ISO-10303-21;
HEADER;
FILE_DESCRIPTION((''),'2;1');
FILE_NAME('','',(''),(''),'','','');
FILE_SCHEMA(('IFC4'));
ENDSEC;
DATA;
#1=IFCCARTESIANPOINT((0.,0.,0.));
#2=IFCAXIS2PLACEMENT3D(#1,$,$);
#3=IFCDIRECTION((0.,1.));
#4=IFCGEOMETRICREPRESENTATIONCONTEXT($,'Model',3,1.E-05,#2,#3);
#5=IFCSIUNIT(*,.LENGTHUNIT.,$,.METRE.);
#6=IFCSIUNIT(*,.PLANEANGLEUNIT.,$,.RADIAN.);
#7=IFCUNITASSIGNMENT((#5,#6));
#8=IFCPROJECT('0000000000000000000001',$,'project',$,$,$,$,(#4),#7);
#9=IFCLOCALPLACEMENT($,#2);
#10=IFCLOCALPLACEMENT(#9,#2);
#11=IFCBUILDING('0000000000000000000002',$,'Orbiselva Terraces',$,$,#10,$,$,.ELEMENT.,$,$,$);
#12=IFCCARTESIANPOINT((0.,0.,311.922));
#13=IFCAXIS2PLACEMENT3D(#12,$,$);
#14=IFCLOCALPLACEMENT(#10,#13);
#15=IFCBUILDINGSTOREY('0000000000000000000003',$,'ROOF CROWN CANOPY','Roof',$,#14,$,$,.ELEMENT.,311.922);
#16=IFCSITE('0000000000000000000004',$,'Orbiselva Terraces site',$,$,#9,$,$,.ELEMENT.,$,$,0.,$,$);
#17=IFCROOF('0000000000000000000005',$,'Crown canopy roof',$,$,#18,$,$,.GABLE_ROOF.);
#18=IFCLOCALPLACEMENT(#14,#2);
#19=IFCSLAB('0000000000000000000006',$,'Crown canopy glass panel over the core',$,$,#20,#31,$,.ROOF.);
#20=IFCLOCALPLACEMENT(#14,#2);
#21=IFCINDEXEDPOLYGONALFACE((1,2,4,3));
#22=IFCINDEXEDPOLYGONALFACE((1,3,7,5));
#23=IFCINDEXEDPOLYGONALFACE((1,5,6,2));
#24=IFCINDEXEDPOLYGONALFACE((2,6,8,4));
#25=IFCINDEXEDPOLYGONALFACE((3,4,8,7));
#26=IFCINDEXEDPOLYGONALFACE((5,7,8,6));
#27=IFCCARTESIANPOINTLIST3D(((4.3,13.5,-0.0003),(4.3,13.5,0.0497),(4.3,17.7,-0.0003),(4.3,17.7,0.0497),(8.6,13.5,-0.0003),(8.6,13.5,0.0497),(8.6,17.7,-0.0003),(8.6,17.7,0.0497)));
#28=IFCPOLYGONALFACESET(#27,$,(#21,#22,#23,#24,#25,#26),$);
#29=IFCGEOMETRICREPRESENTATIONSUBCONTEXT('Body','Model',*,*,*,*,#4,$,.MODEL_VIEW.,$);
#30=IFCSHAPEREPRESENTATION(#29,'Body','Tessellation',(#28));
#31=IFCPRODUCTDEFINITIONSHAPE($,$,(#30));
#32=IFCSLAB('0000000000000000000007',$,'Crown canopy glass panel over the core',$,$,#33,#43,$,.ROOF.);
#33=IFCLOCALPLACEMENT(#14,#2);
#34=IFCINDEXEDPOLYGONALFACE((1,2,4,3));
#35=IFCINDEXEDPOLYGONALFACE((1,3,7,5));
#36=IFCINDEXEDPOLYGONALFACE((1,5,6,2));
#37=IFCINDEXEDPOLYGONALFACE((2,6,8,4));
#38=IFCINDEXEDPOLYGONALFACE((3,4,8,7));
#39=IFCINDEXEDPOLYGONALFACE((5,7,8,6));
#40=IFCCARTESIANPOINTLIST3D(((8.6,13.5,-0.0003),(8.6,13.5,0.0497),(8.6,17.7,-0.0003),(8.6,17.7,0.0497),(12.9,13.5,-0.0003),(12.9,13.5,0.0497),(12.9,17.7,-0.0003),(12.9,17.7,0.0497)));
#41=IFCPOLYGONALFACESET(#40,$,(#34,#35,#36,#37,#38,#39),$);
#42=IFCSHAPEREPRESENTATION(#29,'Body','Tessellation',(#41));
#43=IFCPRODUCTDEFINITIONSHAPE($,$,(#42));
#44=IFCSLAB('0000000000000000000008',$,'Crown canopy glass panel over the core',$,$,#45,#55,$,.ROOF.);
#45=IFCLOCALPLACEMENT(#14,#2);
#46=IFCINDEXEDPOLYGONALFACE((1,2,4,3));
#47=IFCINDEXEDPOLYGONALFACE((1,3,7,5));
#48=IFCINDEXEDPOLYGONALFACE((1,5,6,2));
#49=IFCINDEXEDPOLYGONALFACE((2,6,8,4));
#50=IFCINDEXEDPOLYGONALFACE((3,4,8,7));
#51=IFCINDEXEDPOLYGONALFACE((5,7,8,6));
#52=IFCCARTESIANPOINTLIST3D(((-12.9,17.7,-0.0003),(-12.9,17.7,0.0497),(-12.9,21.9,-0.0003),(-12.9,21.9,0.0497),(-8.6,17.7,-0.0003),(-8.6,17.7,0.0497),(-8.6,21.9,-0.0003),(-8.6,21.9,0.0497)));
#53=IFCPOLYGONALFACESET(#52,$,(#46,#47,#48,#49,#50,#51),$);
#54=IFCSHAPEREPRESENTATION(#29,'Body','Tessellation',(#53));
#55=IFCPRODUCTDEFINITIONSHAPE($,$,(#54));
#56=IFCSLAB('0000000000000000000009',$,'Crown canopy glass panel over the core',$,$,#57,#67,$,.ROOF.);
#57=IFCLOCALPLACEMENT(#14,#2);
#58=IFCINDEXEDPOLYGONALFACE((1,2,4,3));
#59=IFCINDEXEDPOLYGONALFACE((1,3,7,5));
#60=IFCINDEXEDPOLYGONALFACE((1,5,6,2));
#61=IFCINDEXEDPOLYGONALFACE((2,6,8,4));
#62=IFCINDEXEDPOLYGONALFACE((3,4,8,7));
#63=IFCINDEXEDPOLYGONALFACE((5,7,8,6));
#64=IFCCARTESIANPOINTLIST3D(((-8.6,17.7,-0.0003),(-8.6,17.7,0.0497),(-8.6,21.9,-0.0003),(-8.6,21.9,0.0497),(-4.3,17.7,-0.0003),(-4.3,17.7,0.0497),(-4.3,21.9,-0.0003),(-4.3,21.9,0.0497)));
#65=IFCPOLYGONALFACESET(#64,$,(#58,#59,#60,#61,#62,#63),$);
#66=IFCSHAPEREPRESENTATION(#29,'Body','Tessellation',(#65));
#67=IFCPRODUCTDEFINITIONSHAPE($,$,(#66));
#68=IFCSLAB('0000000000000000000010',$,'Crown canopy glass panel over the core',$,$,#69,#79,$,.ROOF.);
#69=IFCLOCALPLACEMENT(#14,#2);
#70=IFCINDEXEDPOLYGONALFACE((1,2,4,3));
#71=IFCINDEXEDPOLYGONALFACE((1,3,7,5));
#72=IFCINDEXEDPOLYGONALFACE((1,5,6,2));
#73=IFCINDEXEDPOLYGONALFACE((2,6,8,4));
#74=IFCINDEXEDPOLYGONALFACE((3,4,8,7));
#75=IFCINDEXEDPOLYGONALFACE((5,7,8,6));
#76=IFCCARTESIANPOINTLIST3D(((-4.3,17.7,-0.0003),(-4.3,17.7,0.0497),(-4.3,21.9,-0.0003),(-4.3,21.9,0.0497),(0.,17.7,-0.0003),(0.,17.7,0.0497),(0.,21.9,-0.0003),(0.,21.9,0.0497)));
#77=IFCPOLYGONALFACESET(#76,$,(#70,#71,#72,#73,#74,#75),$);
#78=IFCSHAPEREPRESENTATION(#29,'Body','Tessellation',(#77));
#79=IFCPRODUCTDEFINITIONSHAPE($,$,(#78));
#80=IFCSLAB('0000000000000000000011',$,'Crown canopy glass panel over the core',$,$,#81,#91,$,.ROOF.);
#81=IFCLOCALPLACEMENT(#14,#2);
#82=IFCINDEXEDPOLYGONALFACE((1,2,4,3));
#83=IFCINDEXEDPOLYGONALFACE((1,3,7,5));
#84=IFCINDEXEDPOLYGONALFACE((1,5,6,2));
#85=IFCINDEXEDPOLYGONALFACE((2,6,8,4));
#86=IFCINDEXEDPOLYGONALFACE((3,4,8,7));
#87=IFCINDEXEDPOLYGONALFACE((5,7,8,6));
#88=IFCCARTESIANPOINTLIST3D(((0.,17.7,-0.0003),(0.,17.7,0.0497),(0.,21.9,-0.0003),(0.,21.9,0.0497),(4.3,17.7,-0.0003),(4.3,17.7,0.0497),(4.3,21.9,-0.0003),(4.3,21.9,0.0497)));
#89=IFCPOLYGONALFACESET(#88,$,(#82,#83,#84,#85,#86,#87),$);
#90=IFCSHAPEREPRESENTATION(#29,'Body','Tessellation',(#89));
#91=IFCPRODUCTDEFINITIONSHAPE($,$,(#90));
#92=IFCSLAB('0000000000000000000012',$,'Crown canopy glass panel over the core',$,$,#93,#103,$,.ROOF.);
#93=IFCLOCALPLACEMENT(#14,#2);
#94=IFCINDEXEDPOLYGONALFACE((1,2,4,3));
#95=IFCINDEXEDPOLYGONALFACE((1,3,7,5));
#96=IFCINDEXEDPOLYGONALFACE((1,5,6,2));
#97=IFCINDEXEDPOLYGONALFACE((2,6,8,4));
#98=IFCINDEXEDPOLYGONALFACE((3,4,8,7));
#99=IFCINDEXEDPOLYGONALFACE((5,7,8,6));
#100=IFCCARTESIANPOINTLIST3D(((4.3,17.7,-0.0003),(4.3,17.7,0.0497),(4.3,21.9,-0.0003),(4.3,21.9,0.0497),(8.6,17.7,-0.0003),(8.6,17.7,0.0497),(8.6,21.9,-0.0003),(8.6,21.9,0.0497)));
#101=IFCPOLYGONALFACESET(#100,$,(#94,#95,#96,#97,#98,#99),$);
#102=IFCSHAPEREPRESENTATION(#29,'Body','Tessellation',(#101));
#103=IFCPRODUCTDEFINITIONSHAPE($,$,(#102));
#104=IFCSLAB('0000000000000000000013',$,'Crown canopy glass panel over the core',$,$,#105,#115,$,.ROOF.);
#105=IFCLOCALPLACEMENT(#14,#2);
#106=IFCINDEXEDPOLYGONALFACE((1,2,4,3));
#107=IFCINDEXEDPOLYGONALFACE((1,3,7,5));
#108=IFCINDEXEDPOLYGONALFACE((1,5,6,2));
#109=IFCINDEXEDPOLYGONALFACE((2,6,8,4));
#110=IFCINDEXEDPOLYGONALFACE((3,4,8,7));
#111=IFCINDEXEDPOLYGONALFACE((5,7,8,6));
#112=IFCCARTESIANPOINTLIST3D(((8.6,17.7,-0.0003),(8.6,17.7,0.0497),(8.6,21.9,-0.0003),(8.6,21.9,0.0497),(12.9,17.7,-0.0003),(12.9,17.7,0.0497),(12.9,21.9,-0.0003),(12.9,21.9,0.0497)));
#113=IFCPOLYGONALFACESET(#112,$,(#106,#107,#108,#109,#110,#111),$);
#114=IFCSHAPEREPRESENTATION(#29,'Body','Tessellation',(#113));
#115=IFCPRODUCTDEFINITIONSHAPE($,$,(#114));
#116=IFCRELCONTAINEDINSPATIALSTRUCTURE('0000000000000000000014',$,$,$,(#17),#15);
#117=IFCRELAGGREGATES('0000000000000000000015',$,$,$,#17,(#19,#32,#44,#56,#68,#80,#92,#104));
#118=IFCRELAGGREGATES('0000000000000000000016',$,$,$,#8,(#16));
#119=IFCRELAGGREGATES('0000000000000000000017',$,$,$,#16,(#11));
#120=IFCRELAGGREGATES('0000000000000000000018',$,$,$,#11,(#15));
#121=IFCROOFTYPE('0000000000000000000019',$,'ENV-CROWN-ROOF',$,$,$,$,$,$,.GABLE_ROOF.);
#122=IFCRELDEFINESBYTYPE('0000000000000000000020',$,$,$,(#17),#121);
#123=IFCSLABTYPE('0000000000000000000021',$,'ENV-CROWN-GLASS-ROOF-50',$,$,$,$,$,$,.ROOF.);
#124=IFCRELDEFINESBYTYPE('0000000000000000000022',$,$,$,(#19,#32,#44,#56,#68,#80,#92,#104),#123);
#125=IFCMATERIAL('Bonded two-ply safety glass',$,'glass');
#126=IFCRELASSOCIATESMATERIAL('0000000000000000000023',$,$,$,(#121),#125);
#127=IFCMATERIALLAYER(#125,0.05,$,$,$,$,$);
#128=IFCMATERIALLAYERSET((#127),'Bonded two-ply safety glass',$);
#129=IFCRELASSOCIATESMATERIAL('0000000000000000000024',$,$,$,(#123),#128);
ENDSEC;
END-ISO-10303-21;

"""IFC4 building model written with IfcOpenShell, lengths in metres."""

from ifc_helpers import new_model, si_unit, direction, frame, origin, place, context, subcontext, project, spatial, polyline, outline, extrude, material, layer, layer_set, type_object, element, aggregate, save


model = new_model("IFC4")

# Units and contexts
model_context = context("Model", 3, precision=1e-05, world=origin(), true_north=direction((0.0, 1.0)))
body_context = subcontext(model_context, "Body", "Model", "MODEL_VIEW")
ifc_project = project(units=[si_unit("LENGTHUNIT", "METRE"), si_unit("PLANEANGLEUNIT", "RADIAN")], contexts=[model_context])

# Site, building, storey
site_placement = place(None, origin())
site = spatial("IfcSite", under=ifc_project, at=site_placement, Name="Orbiselva Terraces site", CompositionType="ELEMENT", RefElevation=0.0)
building_placement = place(site_placement, origin())
building = spatial("IfcBuilding", under=site, at=building_placement, Name="Orbiselva Terraces", CompositionType="ELEMENT")
storey_placement = place(building_placement, frame((0.0, 0.0, 311.922)))
storey = spatial("IfcBuildingStorey", under=building, at=storey_placement, Name="ROOF CROWN CANOPY", Description="Roof", CompositionType="ELEMENT", Elevation=311.922)

# Roof, slabs
ifc_material = material(Name="Bonded two-ply safety glass", Category="glass")
roof_type = type_object("IfcRoofType", Name="ENV-CROWN-ROOF", PredefinedType="GABLE_ROOF", material=ifc_material)
roof_placement = place(storey_placement, origin())
roof = element("IfcRoof", 1, at=roof_placement, inside=storey, type_object=roof_type, Name="Crown canopy roof", PredefinedType="GABLE_ROOF")
ifc_layer = layer(ifc_material, 0.05)
ifc_layer_set = layer_set([ifc_layer], Name="Bonded two-ply safety glass")
slab_type = type_object("IfcSlabType", Name="ENV-CROWN-GLASS-ROOF-50", PredefinedType="ROOF", material=ifc_layer_set)
slab_1_placement = place(storey_placement, frame((0.0, 0.0, -0.0003)))
slab_1 = element("IfcSlab", 2, at=slab_1_placement, type_object=slab_type, Name="Crown canopy glass panel over the core", PredefinedType="ROOF", context=body_context, shape_type="SweptSolid", body=[
    extrude(outline(polyline([(4.3, 13.5), (8.6, 13.5), (8.6, 17.7), (4.3, 17.7), (4.3, 13.5)])), origin(), (0.0, 0.0, 1.0), 0.05),
])
slab_2_placement = place(storey_placement, frame((0.0, 0.0, -0.0003)))
slab_2 = element("IfcSlab", 3, at=slab_2_placement, type_object=slab_type, Name="Crown canopy glass panel over the core", PredefinedType="ROOF", context=body_context, shape_type="SweptSolid", body=[
    extrude(outline(polyline([(8.6, 13.5), (12.9, 13.5), (12.9, 17.7), (8.6, 17.7), (8.6, 13.5)])), origin(), (0.0, 0.0, 1.0), 0.05),
])
slab_3_placement = place(storey_placement, frame((0.0, 0.0, -0.0003)))
slab_3 = element("IfcSlab", 4, at=slab_3_placement, type_object=slab_type, Name="Crown canopy glass panel over the core", PredefinedType="ROOF", context=body_context, shape_type="SweptSolid", body=[
    extrude(outline(polyline([(-12.9, 17.7), (-8.6, 17.7), (-8.6, 21.9), (-12.9, 21.9), (-12.9, 17.7)])), origin(), (0.0, 0.0, 1.0), 0.05),
])
slab_4_placement = place(storey_placement, frame((0.0, 0.0, -0.0003)))
slab_4 = element("IfcSlab", 5, at=slab_4_placement, type_object=slab_type, Name="Crown canopy glass panel over the core", PredefinedType="ROOF", context=body_context, shape_type="SweptSolid", body=[
    extrude(outline(polyline([(-8.6, 17.7), (-4.3, 17.7), (-4.3, 21.9), (-8.6, 21.9), (-8.6, 17.7)])), origin(), (0.0, 0.0, 1.0), 0.05),
])
slab_5_placement = place(storey_placement, frame((0.0, 0.0, -0.0003)))
slab_5 = element("IfcSlab", 6, at=slab_5_placement, type_object=slab_type, Name="Crown canopy glass panel over the core", PredefinedType="ROOF", context=body_context, shape_type="SweptSolid", body=[
    extrude(outline(polyline([(-4.3, 17.7), (0.0, 17.7), (0.0, 21.9), (-4.3, 21.9), (-4.3, 17.7)])), origin(), (0.0, 0.0, 1.0), 0.05),
])
slab_6_placement = place(storey_placement, frame((0.0, 0.0, -0.0003)))
slab_6 = element("IfcSlab", 7, at=slab_6_placement, type_object=slab_type, Name="Crown canopy glass panel over the core", PredefinedType="ROOF", context=body_context, shape_type="SweptSolid", body=[
    extrude(outline(polyline([(0.0, 17.7), (4.3, 17.7), (4.3, 21.9), (0.0, 21.9), (0.0, 17.7)])), origin(), (0.0, 0.0, 1.0), 0.05),
])
slab_7_placement = place(storey_placement, frame((0.0, 0.0, -0.0003)))
slab_7 = element("IfcSlab", 8, at=slab_7_placement, type_object=slab_type, Name="Crown canopy glass panel over the core", PredefinedType="ROOF", context=body_context, shape_type="SweptSolid", body=[
    extrude(outline(polyline([(4.3, 17.7), (8.6, 17.7), (8.6, 21.9), (4.3, 21.9), (4.3, 17.7)])), origin(), (0.0, 0.0, 1.0), 0.05),
])
slab_8_placement = place(storey_placement, frame((0.0, 0.0, -0.0003)))
slab_8 = element("IfcSlab", 9, at=slab_8_placement, type_object=slab_type, Name="Crown canopy glass panel over the core", PredefinedType="ROOF", context=body_context, shape_type="SweptSolid", body=[
    extrude(outline(polyline([(8.6, 17.7), (12.9, 17.7), (12.9, 21.9), (8.6, 21.9), (8.6, 17.7)])), origin(), (0.0, 0.0, 1.0), 0.05),
])
aggregate(roof, [slab_1, slab_2, slab_3, slab_4, slab_5, slab_6, slab_7, slab_8])

save(model, "model.ifc")
